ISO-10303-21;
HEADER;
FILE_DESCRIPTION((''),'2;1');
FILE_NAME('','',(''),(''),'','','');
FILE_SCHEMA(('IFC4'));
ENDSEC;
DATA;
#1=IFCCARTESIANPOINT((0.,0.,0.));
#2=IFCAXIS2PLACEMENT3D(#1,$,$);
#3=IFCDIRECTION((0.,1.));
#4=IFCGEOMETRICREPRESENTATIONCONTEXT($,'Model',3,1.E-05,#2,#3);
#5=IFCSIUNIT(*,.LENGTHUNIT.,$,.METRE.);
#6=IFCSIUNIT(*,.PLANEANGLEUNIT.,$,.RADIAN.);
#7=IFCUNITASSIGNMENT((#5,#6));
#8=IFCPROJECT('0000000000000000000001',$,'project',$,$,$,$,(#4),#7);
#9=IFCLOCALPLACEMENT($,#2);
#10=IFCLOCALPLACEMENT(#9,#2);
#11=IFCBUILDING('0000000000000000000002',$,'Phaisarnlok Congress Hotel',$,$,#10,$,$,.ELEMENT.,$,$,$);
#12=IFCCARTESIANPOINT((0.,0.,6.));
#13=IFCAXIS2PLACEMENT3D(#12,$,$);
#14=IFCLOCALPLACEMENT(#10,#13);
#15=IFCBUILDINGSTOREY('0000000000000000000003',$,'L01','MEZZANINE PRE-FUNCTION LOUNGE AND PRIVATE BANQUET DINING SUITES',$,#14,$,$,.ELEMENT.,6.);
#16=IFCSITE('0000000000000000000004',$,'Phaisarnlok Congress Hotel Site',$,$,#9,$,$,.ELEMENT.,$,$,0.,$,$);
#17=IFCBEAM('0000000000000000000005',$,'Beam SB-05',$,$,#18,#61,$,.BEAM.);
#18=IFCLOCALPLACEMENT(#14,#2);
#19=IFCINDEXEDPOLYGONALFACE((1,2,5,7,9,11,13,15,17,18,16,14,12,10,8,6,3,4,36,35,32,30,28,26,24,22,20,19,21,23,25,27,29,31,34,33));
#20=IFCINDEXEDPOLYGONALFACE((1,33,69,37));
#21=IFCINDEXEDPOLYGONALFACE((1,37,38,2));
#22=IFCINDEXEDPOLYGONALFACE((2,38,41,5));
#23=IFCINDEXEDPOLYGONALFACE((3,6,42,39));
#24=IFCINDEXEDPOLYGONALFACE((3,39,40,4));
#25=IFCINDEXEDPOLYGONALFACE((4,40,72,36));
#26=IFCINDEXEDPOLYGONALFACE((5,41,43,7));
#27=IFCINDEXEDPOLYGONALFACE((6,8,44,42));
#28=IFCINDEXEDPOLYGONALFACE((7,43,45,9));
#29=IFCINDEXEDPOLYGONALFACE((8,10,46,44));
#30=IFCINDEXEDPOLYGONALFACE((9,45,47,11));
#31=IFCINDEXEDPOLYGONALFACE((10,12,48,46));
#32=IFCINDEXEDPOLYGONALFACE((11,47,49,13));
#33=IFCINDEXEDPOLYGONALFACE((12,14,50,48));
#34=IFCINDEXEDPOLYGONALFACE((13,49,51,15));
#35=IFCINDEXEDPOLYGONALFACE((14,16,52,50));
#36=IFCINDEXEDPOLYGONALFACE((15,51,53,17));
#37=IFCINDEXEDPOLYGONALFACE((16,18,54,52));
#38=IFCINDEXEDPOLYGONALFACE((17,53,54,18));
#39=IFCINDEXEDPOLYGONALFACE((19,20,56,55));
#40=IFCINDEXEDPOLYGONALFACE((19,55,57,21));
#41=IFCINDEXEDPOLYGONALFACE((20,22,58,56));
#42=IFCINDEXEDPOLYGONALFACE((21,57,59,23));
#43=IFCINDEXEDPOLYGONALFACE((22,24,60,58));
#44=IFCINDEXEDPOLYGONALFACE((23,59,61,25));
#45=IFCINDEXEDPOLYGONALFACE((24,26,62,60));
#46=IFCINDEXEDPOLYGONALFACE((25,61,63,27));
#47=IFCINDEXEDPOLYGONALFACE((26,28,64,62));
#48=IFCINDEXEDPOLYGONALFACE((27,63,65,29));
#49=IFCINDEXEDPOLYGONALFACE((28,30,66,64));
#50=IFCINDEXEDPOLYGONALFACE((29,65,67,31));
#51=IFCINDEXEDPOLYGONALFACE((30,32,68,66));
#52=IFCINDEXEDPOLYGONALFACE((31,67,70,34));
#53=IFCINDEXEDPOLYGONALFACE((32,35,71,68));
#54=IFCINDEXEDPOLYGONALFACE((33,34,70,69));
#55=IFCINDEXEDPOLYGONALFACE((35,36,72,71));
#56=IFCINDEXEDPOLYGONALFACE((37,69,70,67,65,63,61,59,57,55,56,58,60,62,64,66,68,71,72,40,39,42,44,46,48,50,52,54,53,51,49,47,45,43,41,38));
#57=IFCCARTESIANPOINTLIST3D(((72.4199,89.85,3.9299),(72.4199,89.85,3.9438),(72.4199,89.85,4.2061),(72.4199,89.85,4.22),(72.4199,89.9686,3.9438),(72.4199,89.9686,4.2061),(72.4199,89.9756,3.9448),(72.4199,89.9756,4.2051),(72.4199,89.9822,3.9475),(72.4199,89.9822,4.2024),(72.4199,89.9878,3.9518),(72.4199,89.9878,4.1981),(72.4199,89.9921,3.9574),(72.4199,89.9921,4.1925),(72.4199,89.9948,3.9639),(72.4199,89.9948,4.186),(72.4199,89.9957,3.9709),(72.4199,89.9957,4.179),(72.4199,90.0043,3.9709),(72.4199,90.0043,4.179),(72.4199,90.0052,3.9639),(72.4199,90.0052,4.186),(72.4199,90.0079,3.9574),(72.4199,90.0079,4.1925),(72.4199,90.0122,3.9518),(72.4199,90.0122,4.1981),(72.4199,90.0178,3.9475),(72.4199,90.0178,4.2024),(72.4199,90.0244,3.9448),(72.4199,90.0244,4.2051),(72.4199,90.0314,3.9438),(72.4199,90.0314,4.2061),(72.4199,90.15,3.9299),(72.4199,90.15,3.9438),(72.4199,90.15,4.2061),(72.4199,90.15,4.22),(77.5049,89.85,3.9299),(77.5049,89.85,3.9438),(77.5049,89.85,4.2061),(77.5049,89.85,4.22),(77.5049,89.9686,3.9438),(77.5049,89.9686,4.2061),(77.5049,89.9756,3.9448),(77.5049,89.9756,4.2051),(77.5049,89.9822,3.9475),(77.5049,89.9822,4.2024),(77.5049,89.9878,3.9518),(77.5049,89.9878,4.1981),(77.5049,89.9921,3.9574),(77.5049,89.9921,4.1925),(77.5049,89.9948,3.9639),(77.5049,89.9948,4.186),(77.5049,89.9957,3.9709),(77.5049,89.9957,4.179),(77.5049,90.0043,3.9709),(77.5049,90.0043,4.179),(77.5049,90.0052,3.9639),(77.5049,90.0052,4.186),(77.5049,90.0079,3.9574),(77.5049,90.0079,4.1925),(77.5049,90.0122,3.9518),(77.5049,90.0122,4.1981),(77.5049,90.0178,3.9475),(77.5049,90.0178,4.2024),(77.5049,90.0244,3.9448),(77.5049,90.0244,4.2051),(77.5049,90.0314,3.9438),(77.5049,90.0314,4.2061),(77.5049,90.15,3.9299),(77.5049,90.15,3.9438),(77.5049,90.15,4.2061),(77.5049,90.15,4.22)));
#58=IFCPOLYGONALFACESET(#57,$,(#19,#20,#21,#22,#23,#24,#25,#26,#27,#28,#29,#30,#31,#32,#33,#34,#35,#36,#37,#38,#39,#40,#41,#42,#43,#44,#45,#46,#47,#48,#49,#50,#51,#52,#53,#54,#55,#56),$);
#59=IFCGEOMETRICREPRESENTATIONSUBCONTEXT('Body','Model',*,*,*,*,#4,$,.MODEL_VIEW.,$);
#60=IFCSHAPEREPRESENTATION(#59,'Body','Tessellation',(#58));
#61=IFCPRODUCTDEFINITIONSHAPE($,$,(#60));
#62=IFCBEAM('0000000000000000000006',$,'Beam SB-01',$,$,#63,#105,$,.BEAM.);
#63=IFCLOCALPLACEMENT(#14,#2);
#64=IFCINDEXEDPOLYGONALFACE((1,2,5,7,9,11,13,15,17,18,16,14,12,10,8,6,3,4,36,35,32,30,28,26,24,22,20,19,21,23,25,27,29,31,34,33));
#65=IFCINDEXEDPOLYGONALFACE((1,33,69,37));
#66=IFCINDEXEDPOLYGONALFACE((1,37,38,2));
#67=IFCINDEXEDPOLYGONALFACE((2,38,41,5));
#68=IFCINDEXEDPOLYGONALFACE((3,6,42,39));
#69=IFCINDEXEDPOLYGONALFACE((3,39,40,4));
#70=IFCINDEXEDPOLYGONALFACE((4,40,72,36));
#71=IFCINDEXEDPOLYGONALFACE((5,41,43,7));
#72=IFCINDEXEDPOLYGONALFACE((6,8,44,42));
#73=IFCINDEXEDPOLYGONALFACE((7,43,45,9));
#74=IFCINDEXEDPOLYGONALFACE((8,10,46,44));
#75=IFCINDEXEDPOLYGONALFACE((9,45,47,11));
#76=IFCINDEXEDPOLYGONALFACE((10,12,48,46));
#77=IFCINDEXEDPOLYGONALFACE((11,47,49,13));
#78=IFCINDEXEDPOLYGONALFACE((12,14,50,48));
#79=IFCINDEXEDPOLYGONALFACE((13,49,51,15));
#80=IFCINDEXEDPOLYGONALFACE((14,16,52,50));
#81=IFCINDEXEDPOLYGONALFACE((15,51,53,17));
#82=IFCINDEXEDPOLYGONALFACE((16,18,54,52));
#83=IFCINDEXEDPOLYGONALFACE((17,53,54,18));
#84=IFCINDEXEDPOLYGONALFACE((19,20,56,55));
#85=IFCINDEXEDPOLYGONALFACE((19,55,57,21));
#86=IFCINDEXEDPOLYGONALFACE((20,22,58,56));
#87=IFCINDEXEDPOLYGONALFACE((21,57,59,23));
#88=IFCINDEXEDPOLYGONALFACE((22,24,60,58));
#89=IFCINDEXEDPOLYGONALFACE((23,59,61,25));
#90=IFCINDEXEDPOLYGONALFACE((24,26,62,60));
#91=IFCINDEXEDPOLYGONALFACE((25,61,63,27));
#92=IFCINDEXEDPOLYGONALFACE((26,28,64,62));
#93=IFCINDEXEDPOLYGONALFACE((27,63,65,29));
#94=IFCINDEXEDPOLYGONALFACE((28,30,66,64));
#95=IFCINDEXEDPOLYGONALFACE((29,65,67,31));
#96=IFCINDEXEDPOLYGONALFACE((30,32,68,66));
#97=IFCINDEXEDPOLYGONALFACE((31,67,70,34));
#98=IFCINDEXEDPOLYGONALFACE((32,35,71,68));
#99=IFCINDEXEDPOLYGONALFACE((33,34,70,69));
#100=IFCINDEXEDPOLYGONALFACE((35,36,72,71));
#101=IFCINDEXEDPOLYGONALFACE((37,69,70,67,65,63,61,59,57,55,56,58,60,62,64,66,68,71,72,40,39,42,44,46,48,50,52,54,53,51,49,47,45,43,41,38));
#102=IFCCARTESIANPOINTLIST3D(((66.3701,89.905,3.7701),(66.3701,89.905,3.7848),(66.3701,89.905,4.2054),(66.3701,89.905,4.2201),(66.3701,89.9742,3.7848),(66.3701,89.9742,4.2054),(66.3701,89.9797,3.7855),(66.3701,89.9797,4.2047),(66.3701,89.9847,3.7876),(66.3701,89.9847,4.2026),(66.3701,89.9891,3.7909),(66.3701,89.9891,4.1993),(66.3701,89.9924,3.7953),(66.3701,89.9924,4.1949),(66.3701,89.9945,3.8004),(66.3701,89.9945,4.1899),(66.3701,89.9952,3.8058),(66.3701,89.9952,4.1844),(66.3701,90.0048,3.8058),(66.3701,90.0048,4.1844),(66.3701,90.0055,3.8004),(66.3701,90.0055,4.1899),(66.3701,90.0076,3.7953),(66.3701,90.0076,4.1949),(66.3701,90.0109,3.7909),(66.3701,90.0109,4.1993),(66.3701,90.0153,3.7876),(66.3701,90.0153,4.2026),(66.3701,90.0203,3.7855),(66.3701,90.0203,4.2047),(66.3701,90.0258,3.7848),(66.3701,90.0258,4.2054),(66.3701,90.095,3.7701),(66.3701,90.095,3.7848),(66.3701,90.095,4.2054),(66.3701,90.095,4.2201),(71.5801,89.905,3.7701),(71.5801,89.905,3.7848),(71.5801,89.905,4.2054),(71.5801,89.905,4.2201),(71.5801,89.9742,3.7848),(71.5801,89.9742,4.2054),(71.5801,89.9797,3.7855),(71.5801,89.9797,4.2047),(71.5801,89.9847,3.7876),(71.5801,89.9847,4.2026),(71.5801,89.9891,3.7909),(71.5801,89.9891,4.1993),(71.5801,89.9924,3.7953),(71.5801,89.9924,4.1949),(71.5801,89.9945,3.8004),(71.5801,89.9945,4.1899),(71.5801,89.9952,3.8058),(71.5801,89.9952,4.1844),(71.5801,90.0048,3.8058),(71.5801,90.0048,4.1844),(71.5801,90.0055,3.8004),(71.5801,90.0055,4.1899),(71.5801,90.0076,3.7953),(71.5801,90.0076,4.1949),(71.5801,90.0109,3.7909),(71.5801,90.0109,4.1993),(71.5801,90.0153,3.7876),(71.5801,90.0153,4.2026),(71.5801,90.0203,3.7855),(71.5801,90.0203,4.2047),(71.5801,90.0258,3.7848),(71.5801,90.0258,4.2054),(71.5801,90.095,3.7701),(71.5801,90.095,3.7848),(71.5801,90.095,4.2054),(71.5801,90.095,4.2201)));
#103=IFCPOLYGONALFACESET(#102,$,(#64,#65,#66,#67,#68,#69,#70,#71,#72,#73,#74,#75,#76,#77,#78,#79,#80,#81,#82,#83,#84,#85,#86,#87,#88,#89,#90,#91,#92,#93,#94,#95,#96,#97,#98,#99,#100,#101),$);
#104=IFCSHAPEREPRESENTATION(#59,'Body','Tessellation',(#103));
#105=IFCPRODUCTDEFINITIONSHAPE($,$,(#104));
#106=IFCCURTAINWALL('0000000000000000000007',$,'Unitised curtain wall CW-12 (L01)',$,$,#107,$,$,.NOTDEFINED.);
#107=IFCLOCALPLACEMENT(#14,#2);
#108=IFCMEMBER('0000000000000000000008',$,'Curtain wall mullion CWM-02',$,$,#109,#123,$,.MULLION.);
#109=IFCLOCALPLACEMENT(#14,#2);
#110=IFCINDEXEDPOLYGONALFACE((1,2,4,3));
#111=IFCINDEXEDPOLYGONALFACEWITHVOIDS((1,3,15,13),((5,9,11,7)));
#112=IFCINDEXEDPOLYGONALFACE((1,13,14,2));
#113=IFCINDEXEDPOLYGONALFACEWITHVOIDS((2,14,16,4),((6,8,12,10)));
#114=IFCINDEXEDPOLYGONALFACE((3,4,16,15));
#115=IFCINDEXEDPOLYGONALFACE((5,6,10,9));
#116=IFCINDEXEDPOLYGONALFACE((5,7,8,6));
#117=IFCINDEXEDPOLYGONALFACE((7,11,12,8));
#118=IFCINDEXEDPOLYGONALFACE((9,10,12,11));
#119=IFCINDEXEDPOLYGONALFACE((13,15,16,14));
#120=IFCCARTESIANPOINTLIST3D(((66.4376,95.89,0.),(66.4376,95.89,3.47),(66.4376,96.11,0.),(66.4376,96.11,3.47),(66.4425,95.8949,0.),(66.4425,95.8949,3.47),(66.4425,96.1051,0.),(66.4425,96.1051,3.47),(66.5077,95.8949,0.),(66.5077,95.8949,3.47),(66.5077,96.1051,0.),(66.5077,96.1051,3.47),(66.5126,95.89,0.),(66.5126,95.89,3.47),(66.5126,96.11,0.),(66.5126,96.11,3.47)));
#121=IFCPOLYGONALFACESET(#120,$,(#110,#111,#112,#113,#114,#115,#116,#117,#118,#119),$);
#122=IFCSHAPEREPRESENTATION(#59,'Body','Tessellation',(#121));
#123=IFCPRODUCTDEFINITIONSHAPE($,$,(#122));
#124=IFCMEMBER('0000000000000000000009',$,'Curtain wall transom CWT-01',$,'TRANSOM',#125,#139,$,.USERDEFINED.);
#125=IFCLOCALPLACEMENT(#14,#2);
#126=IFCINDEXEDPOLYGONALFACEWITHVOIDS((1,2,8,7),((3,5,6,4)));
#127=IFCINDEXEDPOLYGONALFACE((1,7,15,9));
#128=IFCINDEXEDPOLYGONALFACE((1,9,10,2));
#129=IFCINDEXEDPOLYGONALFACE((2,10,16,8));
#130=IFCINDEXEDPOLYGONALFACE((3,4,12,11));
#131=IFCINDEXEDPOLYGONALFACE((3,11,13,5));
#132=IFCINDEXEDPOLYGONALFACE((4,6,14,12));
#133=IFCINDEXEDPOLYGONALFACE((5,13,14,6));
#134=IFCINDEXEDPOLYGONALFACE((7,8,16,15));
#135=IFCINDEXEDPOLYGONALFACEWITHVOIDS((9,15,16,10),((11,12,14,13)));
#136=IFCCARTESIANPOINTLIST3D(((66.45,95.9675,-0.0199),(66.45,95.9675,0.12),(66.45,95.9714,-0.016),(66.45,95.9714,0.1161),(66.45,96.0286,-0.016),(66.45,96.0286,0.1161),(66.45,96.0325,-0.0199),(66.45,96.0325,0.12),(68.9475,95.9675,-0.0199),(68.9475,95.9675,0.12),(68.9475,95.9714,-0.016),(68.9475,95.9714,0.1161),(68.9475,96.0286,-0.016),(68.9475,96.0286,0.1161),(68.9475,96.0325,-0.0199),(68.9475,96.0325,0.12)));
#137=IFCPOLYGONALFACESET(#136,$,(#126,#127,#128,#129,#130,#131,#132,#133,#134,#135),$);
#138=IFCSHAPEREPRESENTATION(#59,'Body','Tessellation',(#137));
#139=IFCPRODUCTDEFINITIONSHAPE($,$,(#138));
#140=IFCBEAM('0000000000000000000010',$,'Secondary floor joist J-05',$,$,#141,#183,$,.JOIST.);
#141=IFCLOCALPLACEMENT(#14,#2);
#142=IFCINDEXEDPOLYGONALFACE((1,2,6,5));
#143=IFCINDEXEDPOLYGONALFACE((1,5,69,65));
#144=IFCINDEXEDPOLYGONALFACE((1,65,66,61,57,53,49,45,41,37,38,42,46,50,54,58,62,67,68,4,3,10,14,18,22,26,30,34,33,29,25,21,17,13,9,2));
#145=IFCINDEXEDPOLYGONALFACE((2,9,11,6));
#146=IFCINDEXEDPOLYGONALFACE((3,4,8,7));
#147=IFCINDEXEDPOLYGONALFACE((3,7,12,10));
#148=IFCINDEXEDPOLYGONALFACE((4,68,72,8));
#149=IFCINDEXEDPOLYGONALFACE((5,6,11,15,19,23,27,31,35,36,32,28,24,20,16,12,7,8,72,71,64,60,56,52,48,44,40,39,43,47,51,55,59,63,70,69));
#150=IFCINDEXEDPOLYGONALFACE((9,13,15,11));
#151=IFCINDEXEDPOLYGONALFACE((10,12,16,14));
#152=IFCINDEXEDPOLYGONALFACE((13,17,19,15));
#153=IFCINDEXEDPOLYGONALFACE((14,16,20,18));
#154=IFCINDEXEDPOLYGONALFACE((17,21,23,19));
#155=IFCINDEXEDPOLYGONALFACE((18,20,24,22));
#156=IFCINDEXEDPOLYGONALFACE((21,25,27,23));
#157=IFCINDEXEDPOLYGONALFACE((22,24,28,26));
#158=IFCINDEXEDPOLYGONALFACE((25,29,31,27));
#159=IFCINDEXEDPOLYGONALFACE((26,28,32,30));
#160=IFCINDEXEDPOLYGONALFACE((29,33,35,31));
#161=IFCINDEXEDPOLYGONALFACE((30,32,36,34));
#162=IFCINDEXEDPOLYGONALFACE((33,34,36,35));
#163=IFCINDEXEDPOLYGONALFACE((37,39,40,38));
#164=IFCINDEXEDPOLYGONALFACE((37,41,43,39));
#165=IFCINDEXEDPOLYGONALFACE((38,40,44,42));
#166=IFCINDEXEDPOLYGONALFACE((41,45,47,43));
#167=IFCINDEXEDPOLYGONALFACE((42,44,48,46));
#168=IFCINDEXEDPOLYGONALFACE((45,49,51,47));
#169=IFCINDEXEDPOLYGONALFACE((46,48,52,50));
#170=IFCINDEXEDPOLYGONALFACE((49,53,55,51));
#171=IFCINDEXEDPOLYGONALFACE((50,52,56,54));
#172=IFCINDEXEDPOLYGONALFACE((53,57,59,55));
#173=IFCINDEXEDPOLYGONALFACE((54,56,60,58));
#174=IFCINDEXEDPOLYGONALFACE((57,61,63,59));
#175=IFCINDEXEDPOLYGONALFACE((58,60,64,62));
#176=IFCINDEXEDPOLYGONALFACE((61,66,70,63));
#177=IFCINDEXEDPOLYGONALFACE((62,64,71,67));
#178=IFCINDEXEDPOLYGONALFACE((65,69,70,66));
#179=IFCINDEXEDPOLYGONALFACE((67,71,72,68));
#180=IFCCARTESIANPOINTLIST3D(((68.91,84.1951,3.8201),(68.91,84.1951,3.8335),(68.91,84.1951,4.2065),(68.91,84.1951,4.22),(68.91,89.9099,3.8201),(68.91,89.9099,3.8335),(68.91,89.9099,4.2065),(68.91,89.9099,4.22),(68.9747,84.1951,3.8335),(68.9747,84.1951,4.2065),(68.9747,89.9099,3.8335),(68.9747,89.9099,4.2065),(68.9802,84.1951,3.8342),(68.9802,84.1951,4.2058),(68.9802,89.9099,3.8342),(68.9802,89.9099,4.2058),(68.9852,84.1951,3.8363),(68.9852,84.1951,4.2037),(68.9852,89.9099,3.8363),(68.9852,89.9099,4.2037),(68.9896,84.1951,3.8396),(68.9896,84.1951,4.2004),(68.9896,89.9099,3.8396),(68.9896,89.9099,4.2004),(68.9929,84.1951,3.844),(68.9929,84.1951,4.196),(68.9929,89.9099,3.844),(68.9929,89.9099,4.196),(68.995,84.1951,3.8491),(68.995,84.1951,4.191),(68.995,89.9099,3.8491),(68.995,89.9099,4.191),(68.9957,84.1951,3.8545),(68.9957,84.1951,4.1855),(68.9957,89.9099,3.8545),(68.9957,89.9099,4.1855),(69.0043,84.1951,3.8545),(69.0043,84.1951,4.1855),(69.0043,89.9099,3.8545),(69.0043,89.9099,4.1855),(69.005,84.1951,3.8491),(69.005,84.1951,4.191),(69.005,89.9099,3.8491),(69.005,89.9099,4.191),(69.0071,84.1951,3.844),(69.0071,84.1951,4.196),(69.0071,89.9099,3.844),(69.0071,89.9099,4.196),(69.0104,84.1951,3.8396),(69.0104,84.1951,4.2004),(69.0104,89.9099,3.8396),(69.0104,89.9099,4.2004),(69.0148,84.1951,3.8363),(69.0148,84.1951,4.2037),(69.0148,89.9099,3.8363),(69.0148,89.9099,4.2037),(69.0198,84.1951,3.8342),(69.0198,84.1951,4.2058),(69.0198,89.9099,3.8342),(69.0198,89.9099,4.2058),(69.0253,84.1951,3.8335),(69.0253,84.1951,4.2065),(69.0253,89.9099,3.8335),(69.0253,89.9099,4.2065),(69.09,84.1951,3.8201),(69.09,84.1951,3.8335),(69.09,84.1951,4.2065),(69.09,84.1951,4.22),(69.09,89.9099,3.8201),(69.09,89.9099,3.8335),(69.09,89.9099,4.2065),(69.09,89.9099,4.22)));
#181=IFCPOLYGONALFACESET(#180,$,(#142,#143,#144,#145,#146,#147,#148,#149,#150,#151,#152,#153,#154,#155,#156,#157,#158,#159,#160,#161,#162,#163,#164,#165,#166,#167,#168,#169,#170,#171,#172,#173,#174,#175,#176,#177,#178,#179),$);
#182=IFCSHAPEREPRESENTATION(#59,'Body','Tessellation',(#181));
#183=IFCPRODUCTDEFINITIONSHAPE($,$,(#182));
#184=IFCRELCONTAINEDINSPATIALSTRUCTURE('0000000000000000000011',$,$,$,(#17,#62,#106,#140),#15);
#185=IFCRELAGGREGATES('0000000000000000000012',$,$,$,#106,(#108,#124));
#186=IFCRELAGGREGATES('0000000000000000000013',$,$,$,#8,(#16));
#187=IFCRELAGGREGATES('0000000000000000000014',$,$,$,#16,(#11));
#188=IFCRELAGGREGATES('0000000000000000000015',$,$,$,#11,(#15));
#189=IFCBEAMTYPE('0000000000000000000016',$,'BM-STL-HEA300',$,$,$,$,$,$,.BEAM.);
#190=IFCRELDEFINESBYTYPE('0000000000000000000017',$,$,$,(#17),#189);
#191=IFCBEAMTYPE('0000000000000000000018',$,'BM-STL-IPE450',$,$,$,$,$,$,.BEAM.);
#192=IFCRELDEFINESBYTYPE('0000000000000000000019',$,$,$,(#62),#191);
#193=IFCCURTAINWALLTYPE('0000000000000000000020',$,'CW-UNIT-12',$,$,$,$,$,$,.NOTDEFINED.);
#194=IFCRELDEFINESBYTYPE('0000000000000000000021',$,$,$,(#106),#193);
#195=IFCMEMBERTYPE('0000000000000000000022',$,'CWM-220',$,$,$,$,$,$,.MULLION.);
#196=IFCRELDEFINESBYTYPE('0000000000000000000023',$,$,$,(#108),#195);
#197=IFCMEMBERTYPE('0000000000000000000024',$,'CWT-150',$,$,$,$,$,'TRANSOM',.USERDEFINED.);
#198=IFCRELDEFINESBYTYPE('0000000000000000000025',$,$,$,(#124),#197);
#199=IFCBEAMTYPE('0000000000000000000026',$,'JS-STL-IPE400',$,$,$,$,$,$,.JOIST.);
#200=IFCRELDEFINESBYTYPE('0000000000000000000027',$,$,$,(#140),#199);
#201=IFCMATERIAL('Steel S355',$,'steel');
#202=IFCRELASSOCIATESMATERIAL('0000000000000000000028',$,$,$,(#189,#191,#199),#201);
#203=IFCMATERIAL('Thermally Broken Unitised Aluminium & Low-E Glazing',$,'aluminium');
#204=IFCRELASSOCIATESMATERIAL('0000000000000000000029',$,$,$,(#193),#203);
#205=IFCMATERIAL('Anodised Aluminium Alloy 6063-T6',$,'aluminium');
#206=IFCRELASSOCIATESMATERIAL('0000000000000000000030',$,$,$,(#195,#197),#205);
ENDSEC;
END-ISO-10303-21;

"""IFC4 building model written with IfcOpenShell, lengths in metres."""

from ifc_helpers import new_model, si_unit, direction, frame, origin, origin_2d, place, context, subcontext, project, spatial, hollow_rectangle, i_section, extrude, material, material_profile, profile_set, type_object, element, aggregate, save


model = new_model("IFC4")

# Units and contexts
model_context = context("Model", 3, precision=1e-05, world=origin(), true_north=direction((0.0, 1.0)))
body_context = subcontext(model_context, "Body", "Model", "MODEL_VIEW")
ifc_project = project(units=[si_unit("LENGTHUNIT", "METRE"), si_unit("PLANEANGLEUNIT", "RADIAN")], contexts=[model_context])

# Site, building, storey
site_placement = place(None, origin())
site = spatial("IfcSite", under=ifc_project, at=site_placement, Name="Phaisarnlok Congress Hotel Site", CompositionType="ELEMENT", RefElevation=0.0)
building_placement = place(site_placement, origin())
building = spatial("IfcBuilding", under=site, at=building_placement, Name="Phaisarnlok Congress Hotel", CompositionType="ELEMENT")
storey_placement = place(building_placement, frame((0.0, 0.0, 6.0)))
storey = spatial("IfcBuildingStorey", under=building, at=storey_placement, Name="L01", Description="MEZZANINE PRE-FUNCTION LOUNGE AND PRIVATE BANQUET DINING SUITES", CompositionType="ELEMENT", Elevation=6.0)

# Beams
ifc_material_1 = material(Name="Steel S355", Category="steel")
ifc_material_profile_1 = material_profile(ifc_material_1, i_section(OverallWidth=0.3, OverallDepth=0.29, WebThickness=0.0085, FlangeThickness=0.0139, FilletRadius=0.0271, at=origin_2d()), Name="HEA 300")
ifc_profile_set_1 = profile_set([ifc_material_profile_1], Name="Steel S355")
beam_type_1 = type_object("IfcBeamType", Name="BM-STL-HEA300", PredefinedType="BEAM", material=ifc_profile_set_1)
beam_1_placement = place(storey_placement, frame((72.4199, 90.0, 4.075), z_axis=(1.0, 0.0, 0.0), x_axis=(0.0, 1.0, 0.0)))
element("IfcBeam", 1, at=beam_1_placement, inside=storey, type_object=beam_type_1, Name="Beam SB-05", PredefinedType="BEAM", context=body_context, shape_type="SweptSolid", body=[
    extrude(i_section(OverallWidth=0.3, OverallDepth=0.29, WebThickness=0.0085, FlangeThickness=0.0139, FilletRadius=0.0271, at=origin_2d()), origin(), (0.0, 0.0, 1.0), 5.085),
])
ifc_material_profile_2 = material_profile(ifc_material_1, i_section(OverallWidth=0.1899, OverallDepth=0.45, WebThickness=0.0095, FlangeThickness=0.0146, FilletRadius=0.021, at=origin_2d()), Name="IPE 450")
ifc_profile_set_2 = profile_set([ifc_material_profile_2], Name="Steel S355")
beam_type_2 = type_object("IfcBeamType", Name="BM-STL-IPE450", PredefinedType="BEAM", material=ifc_profile_set_2)
beam_2_placement = place(storey_placement, frame((66.3701, 90.0, 3.9951), z_axis=(1.0, 0.0, 0.0), x_axis=(0.0, 1.0, 0.0)))
element("IfcBeam", 2, at=beam_2_placement, inside=storey, type_object=beam_type_2, Name="Beam SB-01", PredefinedType="BEAM", context=body_context, shape_type="SweptSolid", body=[
    extrude(i_section(OverallWidth=0.1899, OverallDepth=0.45, WebThickness=0.0095, FlangeThickness=0.0146, FilletRadius=0.021, at=origin_2d()), origin(), (0.0, 0.0, 1.0), 5.21),
])

# Curtain wall, members
ifc_material_2 = material(Name="Thermally Broken Unitised Aluminium & Low-E Glazing", Category="aluminium")
curtain_wall_type = type_object("IfcCurtainWallType", Name="CW-UNIT-12", PredefinedType="NOTDEFINED", material=ifc_material_2)
curtain_wall_placement = place(storey_placement, origin())
curtain_wall = element("IfcCurtainWall", 3, at=curtain_wall_placement, inside=storey, type_object=curtain_wall_type, Name="Unitised curtain wall CW-12 (L01)", PredefinedType="NOTDEFINED")
ifc_material_3 = material(Name="Anodised Aluminium Alloy 6063-T6", Category="aluminium")
ifc_material_profile_3 = material_profile(ifc_material_3, hollow_rectangle(XDim=0.075, YDim=0.22, WallThickness=0.0049, at=origin_2d()), Name="ALU-M 75x220x5")
ifc_profile_set_3 = profile_set([ifc_material_profile_3], Name="Anodised Aluminium Alloy 6063-T6")
member_type_1 = type_object("IfcMemberType", Name="CWM-220", PredefinedType="MULLION", material=ifc_profile_set_3)
member_1_placement = place(storey_placement, frame((66.4751, 96.0, 0.0), z_axis=(0.0, 0.0, 1.0), x_axis=(-1.0, 0.0, 0.0)))
member_1 = element("IfcMember", 4, at=member_1_placement, type_object=member_type_1, Name="Curtain wall mullion CWM-02", PredefinedType="MULLION", context=body_context, shape_type="SweptSolid", body=[
    extrude(hollow_rectangle(XDim=0.075, YDim=0.22, WallThickness=0.0049, at=origin_2d()), origin(), (0.0, 0.0, 1.0), 3.47),
])
ifc_material_profile_4 = material_profile(ifc_material_3, hollow_rectangle(XDim=0.0649, YDim=0.1399, WallThickness=0.0039, at=origin_2d()), Name="ALU-T 65x140x4")
ifc_profile_set_4 = profile_set([ifc_material_profile_4], Name="Anodised Aluminium Alloy 6063-T6")
member_type_2 = type_object("IfcMemberType", Name="CWT-150", ElementType="TRANSOM", PredefinedType="USERDEFINED", material=ifc_profile_set_4)
member_2_placement = place(storey_placement, frame((68.9475, 96.0, 0.05), z_axis=(-1.0, 0.0, 0.0), x_axis=(0.0, -1.0, 0.0)))
member_2 = element("IfcMember", 5, at=member_2_placement, type_object=member_type_2, Name="Curtain wall transom CWT-01", ObjectType="TRANSOM", PredefinedType="USERDEFINED", context=body_context, shape_type="SweptSolid", body=[
    extrude(hollow_rectangle(XDim=0.0649, YDim=0.1399, WallThickness=0.0039, at=origin_2d()), origin(), (0.0, 0.0, 1.0), 2.4976),
])
aggregate(curtain_wall, [member_1, member_2])

# Beam
ifc_material_profile_5 = material_profile(ifc_material_1, i_section(OverallWidth=0.1799, OverallDepth=0.3999, WebThickness=0.0085, FlangeThickness=0.0134, FilletRadius=0.021, at=origin_2d()), Name="IPE 400")
ifc_profile_set_5 = profile_set([ifc_material_profile_5], Name="Steel S355")
beam_type_3 = type_object("IfcBeamType", Name="JS-STL-IPE400", PredefinedType="JOIST", material=ifc_profile_set_5)
for number, where, z_axis, x_axis, name in (
    (6, (69.0, 84.1951, 4.02), (0.0, 1.0, 0.0), (-1.0, 0.0, 0.0), "Secondary floor joist J-05"),
):
    element("IfcBeam", number, at=place(storey_placement, frame(where, z_axis=z_axis, x_axis=x_axis)), inside=storey, type_object=beam_type_3, Name=name, PredefinedType="JOIST", context=body_context, shape_type="SweptSolid", body=[
        extrude(i_section(OverallWidth=0.1799, OverallDepth=0.3999, WebThickness=0.0085, FlangeThickness=0.0134, FilletRadius=0.021, at=origin_2d()), origin(), (0.0, 0.0, 1.0), 5.7148),
    ])

save(model, "model.ifc")
